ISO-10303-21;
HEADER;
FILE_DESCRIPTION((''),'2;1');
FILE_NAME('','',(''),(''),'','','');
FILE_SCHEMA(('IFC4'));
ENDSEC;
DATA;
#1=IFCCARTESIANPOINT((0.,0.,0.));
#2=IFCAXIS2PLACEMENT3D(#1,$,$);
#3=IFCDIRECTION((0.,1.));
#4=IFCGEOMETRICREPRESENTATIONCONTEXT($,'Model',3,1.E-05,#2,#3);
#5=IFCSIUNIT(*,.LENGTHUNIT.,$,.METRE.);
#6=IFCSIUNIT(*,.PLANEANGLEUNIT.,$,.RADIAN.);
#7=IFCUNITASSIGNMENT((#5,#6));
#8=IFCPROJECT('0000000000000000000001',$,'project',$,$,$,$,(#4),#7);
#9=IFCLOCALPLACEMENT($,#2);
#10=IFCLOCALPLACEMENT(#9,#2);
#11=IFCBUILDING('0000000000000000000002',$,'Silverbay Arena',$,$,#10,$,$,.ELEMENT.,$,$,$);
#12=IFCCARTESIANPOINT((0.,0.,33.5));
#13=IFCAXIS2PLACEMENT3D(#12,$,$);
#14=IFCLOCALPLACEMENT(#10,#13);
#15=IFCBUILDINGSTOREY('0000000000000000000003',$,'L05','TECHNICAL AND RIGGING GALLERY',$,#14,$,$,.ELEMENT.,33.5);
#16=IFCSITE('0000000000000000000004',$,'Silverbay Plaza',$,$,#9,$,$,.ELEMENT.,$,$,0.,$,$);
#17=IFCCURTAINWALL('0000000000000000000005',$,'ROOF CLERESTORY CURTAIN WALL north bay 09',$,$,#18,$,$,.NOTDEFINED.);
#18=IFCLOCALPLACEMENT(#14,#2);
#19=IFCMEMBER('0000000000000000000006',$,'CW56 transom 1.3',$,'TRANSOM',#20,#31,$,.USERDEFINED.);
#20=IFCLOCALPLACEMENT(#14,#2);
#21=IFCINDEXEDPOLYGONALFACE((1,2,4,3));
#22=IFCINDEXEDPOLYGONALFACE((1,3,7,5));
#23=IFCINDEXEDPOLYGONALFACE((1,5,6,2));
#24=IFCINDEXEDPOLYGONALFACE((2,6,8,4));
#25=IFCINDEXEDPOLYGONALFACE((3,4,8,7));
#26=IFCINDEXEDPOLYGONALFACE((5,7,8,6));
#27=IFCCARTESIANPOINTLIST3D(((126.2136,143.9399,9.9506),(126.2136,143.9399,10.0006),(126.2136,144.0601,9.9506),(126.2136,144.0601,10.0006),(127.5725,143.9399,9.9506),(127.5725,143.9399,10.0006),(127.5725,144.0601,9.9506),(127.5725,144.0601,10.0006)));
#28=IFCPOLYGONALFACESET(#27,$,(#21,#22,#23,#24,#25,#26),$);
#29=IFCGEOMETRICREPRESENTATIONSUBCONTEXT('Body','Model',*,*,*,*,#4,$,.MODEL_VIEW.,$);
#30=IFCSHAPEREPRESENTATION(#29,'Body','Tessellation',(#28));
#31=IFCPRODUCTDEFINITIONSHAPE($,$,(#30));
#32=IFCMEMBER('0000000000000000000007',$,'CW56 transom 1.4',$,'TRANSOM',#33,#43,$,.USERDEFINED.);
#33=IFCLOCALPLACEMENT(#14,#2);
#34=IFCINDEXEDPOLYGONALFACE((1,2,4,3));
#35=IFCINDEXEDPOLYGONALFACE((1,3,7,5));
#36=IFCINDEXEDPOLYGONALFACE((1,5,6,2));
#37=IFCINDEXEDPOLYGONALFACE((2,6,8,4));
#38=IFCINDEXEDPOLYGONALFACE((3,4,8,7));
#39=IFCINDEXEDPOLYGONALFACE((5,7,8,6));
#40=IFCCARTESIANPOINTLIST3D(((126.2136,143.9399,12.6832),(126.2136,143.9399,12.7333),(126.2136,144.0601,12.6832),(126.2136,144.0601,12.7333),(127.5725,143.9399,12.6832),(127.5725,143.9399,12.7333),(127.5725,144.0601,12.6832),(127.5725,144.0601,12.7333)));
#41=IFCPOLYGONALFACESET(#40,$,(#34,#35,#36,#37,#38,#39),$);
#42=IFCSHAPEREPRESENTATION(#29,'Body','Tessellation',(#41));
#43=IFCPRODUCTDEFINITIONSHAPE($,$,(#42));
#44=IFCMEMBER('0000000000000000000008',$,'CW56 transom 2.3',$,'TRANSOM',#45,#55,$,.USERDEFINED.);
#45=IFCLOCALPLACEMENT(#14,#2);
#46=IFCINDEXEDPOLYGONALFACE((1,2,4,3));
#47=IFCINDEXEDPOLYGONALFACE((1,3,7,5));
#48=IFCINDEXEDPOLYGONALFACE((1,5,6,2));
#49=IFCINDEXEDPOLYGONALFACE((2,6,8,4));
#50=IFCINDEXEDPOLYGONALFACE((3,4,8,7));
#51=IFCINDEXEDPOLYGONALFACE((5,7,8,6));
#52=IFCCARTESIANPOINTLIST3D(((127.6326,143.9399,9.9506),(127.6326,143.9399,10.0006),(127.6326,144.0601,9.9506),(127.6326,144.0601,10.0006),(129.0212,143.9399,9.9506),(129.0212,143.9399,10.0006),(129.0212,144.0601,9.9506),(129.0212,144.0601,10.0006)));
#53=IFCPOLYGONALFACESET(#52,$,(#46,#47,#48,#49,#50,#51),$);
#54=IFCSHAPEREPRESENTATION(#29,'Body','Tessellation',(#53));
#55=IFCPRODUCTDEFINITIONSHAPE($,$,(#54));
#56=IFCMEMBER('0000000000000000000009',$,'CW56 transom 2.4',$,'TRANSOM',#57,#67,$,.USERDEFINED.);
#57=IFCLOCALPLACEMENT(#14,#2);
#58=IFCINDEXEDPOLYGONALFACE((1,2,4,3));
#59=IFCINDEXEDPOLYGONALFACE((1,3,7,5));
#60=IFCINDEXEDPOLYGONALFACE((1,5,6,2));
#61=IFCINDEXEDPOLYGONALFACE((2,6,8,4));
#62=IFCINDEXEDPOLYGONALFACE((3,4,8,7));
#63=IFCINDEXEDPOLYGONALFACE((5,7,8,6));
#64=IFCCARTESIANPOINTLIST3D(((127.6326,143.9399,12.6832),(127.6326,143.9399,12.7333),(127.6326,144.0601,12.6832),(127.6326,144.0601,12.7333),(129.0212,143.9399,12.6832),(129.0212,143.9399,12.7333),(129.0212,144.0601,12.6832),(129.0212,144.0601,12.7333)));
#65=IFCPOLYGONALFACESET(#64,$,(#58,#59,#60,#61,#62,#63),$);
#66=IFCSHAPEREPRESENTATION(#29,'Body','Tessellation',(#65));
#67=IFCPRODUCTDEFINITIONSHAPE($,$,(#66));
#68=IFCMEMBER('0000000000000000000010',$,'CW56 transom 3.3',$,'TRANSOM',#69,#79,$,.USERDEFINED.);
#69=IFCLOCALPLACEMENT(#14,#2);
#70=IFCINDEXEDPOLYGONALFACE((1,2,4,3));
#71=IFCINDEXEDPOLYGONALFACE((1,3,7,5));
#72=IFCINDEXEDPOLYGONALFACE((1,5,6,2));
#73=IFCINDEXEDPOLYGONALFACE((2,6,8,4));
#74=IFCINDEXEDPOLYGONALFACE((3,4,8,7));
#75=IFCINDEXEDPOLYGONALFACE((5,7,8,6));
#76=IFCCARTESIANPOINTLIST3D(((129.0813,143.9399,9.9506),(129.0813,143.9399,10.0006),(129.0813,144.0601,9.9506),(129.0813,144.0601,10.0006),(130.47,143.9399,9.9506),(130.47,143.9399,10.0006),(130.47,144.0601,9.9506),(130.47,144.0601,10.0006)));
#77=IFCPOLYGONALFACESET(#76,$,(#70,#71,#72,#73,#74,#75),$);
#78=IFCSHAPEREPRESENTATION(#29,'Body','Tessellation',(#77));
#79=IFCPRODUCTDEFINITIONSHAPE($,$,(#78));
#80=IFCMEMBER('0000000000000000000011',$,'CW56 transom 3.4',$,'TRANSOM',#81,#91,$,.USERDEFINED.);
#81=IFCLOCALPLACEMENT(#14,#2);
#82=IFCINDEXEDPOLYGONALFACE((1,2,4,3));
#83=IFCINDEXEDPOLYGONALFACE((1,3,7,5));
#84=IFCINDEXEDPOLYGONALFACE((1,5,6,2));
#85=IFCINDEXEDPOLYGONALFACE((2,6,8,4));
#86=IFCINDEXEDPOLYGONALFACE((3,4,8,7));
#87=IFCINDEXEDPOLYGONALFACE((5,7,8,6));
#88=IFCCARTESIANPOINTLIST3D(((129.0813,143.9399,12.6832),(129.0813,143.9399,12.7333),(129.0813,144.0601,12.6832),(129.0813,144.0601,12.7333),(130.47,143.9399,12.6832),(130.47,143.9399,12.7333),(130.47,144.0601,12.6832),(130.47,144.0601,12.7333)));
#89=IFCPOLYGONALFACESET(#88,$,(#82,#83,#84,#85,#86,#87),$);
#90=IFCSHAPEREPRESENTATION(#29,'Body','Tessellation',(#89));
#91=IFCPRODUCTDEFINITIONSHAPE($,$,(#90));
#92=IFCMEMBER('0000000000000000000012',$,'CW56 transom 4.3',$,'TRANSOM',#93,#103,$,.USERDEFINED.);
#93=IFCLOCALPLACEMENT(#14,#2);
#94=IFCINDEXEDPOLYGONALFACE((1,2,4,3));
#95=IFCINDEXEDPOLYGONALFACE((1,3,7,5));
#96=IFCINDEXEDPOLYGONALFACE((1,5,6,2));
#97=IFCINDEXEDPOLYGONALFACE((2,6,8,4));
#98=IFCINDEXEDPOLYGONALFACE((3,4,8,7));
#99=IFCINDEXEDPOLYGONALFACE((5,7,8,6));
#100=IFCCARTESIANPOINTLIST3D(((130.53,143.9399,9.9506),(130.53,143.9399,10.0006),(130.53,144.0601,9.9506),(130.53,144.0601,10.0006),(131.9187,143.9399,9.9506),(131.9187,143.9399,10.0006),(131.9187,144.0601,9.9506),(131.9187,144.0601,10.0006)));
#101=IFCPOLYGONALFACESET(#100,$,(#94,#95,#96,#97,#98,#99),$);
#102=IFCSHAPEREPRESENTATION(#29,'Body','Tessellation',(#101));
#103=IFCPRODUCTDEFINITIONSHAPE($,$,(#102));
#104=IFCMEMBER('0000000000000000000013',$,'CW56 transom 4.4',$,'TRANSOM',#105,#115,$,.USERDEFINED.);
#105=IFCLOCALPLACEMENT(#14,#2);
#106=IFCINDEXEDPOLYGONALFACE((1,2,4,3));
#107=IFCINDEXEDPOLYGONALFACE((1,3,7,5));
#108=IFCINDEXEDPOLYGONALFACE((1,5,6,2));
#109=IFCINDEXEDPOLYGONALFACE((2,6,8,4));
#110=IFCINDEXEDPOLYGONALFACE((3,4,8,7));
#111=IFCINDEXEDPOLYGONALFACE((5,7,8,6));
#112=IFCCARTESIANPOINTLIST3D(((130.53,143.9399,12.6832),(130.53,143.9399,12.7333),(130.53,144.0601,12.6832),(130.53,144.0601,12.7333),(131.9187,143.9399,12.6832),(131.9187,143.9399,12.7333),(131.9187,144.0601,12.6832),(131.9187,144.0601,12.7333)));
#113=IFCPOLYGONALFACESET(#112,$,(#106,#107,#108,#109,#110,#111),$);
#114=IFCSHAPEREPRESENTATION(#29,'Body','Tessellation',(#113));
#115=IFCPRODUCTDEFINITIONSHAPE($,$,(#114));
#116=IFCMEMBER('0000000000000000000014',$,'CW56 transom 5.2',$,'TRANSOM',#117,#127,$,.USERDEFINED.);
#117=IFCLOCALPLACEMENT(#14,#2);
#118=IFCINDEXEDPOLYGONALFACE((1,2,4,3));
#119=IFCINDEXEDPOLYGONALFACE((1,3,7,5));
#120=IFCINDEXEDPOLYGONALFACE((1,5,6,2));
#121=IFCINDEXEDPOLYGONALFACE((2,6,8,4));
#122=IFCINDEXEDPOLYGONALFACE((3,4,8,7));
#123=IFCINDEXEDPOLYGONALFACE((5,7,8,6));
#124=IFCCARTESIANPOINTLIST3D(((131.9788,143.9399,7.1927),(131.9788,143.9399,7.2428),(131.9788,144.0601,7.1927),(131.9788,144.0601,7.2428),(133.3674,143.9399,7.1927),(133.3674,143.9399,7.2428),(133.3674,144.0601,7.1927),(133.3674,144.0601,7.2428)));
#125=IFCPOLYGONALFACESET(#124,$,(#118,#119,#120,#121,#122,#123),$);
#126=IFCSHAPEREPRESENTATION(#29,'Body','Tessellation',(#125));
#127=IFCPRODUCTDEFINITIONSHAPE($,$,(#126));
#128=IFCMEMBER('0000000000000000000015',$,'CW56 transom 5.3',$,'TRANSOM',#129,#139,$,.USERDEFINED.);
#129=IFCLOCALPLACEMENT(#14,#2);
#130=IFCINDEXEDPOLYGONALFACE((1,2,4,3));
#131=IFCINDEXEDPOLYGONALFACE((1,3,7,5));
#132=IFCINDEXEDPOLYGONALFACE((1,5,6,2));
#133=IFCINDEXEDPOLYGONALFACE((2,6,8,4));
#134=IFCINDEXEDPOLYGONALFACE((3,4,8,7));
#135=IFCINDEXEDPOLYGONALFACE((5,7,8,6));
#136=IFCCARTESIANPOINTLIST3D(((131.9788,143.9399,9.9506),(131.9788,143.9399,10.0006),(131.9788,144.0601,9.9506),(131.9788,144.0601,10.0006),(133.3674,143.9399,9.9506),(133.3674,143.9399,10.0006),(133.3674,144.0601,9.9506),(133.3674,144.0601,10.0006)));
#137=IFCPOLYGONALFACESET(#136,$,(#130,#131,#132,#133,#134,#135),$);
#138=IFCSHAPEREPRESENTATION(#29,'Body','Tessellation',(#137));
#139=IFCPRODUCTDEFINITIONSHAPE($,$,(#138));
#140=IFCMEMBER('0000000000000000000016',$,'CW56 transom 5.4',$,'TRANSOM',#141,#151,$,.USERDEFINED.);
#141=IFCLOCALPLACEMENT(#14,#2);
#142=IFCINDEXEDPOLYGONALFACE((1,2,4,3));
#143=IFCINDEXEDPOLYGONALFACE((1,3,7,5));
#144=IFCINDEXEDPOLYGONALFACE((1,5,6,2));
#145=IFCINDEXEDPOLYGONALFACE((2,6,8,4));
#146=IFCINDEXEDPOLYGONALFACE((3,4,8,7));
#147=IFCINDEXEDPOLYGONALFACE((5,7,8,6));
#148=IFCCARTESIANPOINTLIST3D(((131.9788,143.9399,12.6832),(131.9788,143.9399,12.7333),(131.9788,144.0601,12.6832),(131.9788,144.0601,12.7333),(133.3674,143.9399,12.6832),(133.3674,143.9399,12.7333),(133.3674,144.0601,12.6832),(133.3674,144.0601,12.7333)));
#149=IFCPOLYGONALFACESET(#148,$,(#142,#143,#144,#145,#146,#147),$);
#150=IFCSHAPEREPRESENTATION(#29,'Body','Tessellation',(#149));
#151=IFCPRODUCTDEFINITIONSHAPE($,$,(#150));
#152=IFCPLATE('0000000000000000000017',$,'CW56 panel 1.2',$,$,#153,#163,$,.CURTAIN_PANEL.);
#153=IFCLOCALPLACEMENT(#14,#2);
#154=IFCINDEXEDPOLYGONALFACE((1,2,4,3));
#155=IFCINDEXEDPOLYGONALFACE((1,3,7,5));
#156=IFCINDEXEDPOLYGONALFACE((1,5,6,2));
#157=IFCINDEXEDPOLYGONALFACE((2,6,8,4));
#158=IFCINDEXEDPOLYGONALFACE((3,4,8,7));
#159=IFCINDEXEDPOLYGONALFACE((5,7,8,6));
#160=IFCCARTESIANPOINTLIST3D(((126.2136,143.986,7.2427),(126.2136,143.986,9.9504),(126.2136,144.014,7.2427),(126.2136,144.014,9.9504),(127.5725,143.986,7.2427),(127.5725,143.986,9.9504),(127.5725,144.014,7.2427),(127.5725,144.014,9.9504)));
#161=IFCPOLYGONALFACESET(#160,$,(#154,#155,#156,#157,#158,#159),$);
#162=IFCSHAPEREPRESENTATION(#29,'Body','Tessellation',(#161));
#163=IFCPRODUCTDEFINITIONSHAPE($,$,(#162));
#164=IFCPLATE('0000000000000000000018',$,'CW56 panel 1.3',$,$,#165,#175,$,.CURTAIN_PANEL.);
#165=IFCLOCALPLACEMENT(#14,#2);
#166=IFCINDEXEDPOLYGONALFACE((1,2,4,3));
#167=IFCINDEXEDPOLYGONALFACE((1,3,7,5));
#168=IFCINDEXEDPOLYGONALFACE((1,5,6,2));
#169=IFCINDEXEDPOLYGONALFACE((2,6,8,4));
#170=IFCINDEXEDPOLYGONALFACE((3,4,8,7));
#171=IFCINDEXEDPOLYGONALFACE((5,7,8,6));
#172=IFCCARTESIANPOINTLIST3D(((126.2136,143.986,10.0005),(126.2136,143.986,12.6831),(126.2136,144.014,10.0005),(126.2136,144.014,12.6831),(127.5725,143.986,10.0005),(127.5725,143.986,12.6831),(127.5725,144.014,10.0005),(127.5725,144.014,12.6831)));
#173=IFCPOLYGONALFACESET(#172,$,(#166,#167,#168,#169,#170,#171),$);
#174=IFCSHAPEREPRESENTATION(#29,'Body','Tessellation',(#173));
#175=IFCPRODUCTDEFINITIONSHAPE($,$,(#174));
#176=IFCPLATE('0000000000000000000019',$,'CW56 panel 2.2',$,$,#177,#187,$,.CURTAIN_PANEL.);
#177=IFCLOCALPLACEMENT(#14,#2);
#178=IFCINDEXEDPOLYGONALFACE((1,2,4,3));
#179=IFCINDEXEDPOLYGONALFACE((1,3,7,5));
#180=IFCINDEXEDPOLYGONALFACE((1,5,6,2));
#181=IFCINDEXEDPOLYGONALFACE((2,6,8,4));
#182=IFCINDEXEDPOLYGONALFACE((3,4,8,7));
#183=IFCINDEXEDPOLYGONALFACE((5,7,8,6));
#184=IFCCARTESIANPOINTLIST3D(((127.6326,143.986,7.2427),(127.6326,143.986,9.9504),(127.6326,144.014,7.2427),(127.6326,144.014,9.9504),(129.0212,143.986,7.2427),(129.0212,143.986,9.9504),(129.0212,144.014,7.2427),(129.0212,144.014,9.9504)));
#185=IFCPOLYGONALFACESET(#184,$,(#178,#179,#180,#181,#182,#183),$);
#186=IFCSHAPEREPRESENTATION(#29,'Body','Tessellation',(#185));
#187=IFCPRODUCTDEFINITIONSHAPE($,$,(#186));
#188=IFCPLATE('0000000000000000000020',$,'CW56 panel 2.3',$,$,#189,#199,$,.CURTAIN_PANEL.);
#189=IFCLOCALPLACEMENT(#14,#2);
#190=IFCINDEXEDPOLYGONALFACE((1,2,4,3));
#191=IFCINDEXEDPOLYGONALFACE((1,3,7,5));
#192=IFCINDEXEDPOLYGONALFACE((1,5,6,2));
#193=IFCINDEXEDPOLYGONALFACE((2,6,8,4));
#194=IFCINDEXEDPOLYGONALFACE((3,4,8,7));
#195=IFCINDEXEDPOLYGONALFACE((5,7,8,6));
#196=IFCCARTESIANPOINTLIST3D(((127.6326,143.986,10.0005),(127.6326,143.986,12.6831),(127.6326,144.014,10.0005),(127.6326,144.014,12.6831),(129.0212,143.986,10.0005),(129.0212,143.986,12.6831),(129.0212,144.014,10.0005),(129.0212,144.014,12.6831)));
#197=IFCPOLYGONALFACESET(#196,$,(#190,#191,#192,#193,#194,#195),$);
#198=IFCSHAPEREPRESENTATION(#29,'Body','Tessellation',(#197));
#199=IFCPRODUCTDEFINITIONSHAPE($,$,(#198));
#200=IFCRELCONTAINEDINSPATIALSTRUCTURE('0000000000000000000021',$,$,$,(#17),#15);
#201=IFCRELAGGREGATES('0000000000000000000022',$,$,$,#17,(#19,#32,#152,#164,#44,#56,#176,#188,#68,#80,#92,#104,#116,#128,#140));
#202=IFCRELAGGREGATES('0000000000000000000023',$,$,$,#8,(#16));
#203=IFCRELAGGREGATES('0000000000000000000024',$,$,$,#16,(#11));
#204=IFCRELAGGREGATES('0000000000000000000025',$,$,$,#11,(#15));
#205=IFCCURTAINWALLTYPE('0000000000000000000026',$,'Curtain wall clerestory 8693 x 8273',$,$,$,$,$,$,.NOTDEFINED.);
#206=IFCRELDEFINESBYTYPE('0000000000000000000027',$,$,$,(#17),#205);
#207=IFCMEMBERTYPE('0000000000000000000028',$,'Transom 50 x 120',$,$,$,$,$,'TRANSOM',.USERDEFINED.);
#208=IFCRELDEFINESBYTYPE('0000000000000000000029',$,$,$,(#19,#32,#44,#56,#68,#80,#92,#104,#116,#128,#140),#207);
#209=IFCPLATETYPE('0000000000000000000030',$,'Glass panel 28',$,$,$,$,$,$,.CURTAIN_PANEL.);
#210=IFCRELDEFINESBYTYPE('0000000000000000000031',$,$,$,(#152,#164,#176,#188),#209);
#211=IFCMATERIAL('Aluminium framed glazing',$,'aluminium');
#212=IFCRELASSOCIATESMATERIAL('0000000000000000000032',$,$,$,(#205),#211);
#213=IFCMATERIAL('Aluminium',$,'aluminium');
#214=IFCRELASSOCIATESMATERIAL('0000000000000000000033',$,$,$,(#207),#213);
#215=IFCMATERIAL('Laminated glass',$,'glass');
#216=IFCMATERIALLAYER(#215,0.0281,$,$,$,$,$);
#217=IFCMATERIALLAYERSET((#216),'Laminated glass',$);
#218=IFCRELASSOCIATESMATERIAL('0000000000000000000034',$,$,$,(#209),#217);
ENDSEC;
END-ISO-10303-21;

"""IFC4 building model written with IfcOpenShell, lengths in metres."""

from ifc_helpers import new_model, si_unit, direction, frame, origin, origin_2d, place, context, subcontext, project, spatial, rectangle, extrude, material, layer, layer_set, material_profile, profile_set, type_object, element, aggregate, save


model = new_model("IFC4")

# Units and contexts
model_context = context("Model", 3, precision=1e-05, world=origin(), true_north=direction((0.0, 1.0)))
body_context = subcontext(model_context, "Body", "Model", "MODEL_VIEW")
ifc_project = project(units=[si_unit("LENGTHUNIT", "METRE"), si_unit("PLANEANGLEUNIT", "RADIAN")], contexts=[model_context])

# Site, building, storey
site_placement = place(None, origin())
site = spatial("IfcSite", under=ifc_project, at=site_placement, Name="Silverbay Plaza", CompositionType="ELEMENT", RefElevation=0.0)
building_placement = place(site_placement, origin())
building = spatial("IfcBuilding", under=site, at=building_placement, Name="Silverbay Arena", CompositionType="ELEMENT")
storey_placement = place(building_placement, frame((0.0, 0.0, 33.5)))
storey = spatial("IfcBuildingStorey", under=building, at=storey_placement, Name="L05", Description="TECHNICAL AND RIGGING GALLERY", CompositionType="ELEMENT", Elevation=33.5)

# Curtain wall, members, plates
ifc_material_1 = material(Name="Aluminium framed glazing", Category="aluminium")
curtain_wall_type = type_object("IfcCurtainWallType", Name="Curtain wall clerestory 8693 x 8273", PredefinedType="NOTDEFINED", material=ifc_material_1)
curtain_wall_placement = place(storey_placement, origin())
curtain_wall = element("IfcCurtainWall", 1, at=curtain_wall_placement, inside=storey, type_object=curtain_wall_type, Name="ROOF CLERESTORY CURTAIN WALL north bay 09", PredefinedType="NOTDEFINED")
ifc_material_2 = material(Name="Aluminium", Category="aluminium")
ifc_material_profile_1 = material_profile(ifc_material_2, rectangle(XDim=0.1201, YDim=0.05, at=origin_2d()), Name="Transom 50 x 120")
ifc_profile_set_1 = profile_set([ifc_material_profile_1], Name="Aluminium")
member_type_1 = type_object("IfcMemberType", Name="Transom 50 x 120", ElementType="TRANSOM", PredefinedType="USERDEFINED", material=ifc_profile_set_1)
member_1_placement = place(storey_placement, frame((126.2136, 144.0, 9.9756), z_axis=(1.0, 0.0, 0.0), x_axis=(0.0, 1.0, 0.0)))
member_1 = element("IfcMember", 2, at=member_1_placement, type_object=member_type_1, Name="CW56 transom 1.3", ObjectType="TRANSOM", PredefinedType="USERDEFINED", context=body_context, shape_type="SweptSolid", body=[
    extrude(rectangle(XDim=0.1201, YDim=0.05, at=origin_2d()), origin(), (0.0, 0.0, 1.0), 1.3589),
])
member_2_placement = place(storey_placement, frame((126.2136, 144.0, 12.7083), z_axis=(1.0, 0.0, 0.0), x_axis=(0.0, 1.0, 0.0)))
member_2 = element("IfcMember", 3, at=member_2_placement, type_object=member_type_1, Name="CW56 transom 1.4", ObjectType="TRANSOM", PredefinedType="USERDEFINED", context=body_context, shape_type="SweptSolid", body=[
    extrude(rectangle(XDim=0.1201, YDim=0.05, at=origin_2d()), origin(), (0.0, 0.0, 1.0), 1.3589),
])
member_3_placement = place(storey_placement, frame((127.6326, 144.0, 9.9756), z_axis=(1.0, 0.0, 0.0), x_axis=(0.0, 1.0, 0.0)))
member_3 = element("IfcMember", 4, at=member_3_placement, type_object=member_type_1, Name="CW56 transom 2.3", ObjectType="TRANSOM", PredefinedType="USERDEFINED", context=body_context, shape_type="SweptSolid", body=[
    extrude(rectangle(XDim=0.1201, YDim=0.05, at=origin_2d()), origin(), (0.0, 0.0, 1.0), 1.3887),
])
member_4_placement = place(storey_placement, frame((127.6326, 144.0, 12.7083), z_axis=(1.0, 0.0, 0.0), x_axis=(0.0, 1.0, 0.0)))
member_4 = element("IfcMember", 5, at=member_4_placement, type_object=member_type_1, Name="CW56 transom 2.4", ObjectType="TRANSOM", PredefinedType="USERDEFINED", context=body_context, shape_type="SweptSolid", body=[
    extrude(rectangle(XDim=0.1201, YDim=0.05, at=origin_2d()), origin(), (0.0, 0.0, 1.0), 1.3887),
])
member_5_placement = place(storey_placement, frame((129.0813, 144.0, 9.9756), z_axis=(1.0, 0.0, 0.0), x_axis=(0.0, 1.0, 0.0)))
member_5 = element("IfcMember", 6, at=member_5_placement, type_object=member_type_1, Name="CW56 transom 3.3", ObjectType="TRANSOM", PredefinedType="USERDEFINED", context=body_context, shape_type="SweptSolid", body=[
    extrude(rectangle(XDim=0.1201, YDim=0.05, at=origin_2d()), origin(), (0.0, 0.0, 1.0), 1.3887),
])
member_6_placement = place(storey_placement, frame((129.0813, 144.0, 12.7083), z_axis=(1.0, 0.0, 0.0), x_axis=(0.0, 1.0, 0.0)))
member_6 = element("IfcMember", 7, at=member_6_placement, type_object=member_type_1, Name="CW56 transom 3.4", ObjectType="TRANSOM", PredefinedType="USERDEFINED", context=body_context, shape_type="SweptSolid", body=[
    extrude(rectangle(XDim=0.1201, YDim=0.05, at=origin_2d()), origin(), (0.0, 0.0, 1.0), 1.3887),
])
member_7_placement = place(storey_placement, frame((130.53, 144.0, 9.9756), z_axis=(1.0, 0.0, 0.0), x_axis=(0.0, 1.0, 0.0)))
member_7 = element("IfcMember", 8, at=member_7_placement, type_object=member_type_1, Name="CW56 transom 4.3", ObjectType="TRANSOM", PredefinedType="USERDEFINED", context=body_context, shape_type="SweptSolid", body=[
    extrude(rectangle(XDim=0.1201, YDim=0.05, at=origin_2d()), origin(), (0.0, 0.0, 1.0), 1.3887),
])
member_8_placement = place(storey_placement, frame((130.53, 144.0, 12.7083), z_axis=(1.0, 0.0, 0.0), x_axis=(0.0, 1.0, 0.0)))
member_8 = element("IfcMember", 9, at=member_8_placement, type_object=member_type_1, Name="CW56 transom 4.4", ObjectType="TRANSOM", PredefinedType="USERDEFINED", context=body_context, shape_type="SweptSolid", body=[
    extrude(rectangle(XDim=0.1201, YDim=0.05, at=origin_2d()), origin(), (0.0, 0.0, 1.0), 1.3887),
])
member_9_placement = place(storey_placement, frame((131.9788, 144.0, 7.2178), z_axis=(1.0, 0.0, 0.0), x_axis=(0.0, 1.0, 0.0)))
member_9 = element("IfcMember", 10, at=member_9_placement, type_object=member_type_1, Name="CW56 transom 5.2", ObjectType="TRANSOM", PredefinedType="USERDEFINED", context=body_context, shape_type="SweptSolid", body=[
    extrude(rectangle(XDim=0.1201, YDim=0.05, at=origin_2d()), origin(), (0.0, 0.0, 1.0), 1.3887),
])
member_10_placement = place(storey_placement, frame((131.9788, 144.0, 9.9756), z_axis=(1.0, 0.0, 0.0), x_axis=(0.0, 1.0, 0.0)))
member_10 = element("IfcMember", 11, at=member_10_placement, type_object=member_type_1, Name="CW56 transom 5.3", ObjectType="TRANSOM", PredefinedType="USERDEFINED", context=body_context, shape_type="SweptSolid", body=[
    extrude(rectangle(XDim=0.1201, YDim=0.05, at=origin_2d()), origin(), (0.0, 0.0, 1.0), 1.3887),
])
member_11_placement = place(storey_placement, frame((131.9788, 144.0, 12.7083), z_axis=(1.0, 0.0, 0.0), x_axis=(0.0, 1.0, 0.0)))
member_11 = element("IfcMember", 12, at=member_11_placement, type_object=member_type_1, Name="CW56 transom 5.4", ObjectType="TRANSOM", PredefinedType="USERDEFINED", context=body_context, shape_type="SweptSolid", body=[
    extrude(rectangle(XDim=0.1201, YDim=0.05, at=origin_2d()), origin(), (0.0, 0.0, 1.0), 1.3887),
])
ifc_material_3 = material(Name="Laminated glass", Category="glass")
ifc_layer = layer(ifc_material_3, 0.0281)
ifc_layer_set = layer_set([ifc_layer], Name="Laminated glass")
plate_type = type_object("IfcPlateType", Name="Glass panel 28", PredefinedType="CURTAIN_PANEL", material=ifc_layer_set)
plate_1_placement = place(storey_placement, frame((126.8931, 144.0, 7.2427), z_axis=(0.0, 0.0, 1.0), x_axis=(1.0, 0.0, 0.0)))
plate_1 = element("IfcPlate", 13, at=plate_1_placement, type_object=plate_type, Name="CW56 panel 1.2", PredefinedType="CURTAIN_PANEL", context=body_context, shape_type="SweptSolid", body=[
    extrude(rectangle(XDim=1.3589, YDim=0.0281, at=origin_2d()), origin(), (0.0, 0.0, 1.0), 2.7078),
])
plate_2_placement = place(storey_placement, frame((126.8931, 144.0, 10.0005), z_axis=(0.0, 0.0, 1.0), x_axis=(1.0, 0.0, 0.0)))
plate_2 = element("IfcPlate", 14, at=plate_2_placement, type_object=plate_type, Name="CW56 panel 1.3", PredefinedType="CURTAIN_PANEL", context=body_context, shape_type="SweptSolid", body=[
    extrude(rectangle(XDim=1.3589, YDim=0.0281, at=origin_2d()), origin(), (0.0, 0.0, 1.0), 2.6826),
])
plate_3_placement = place(storey_placement, frame((128.3269, 144.0, 7.2427), z_axis=(0.0, 0.0, 1.0), x_axis=(1.0, 0.0, 0.0)))
plate_3 = element("IfcPlate", 15, at=plate_3_placement, type_object=plate_type, Name="CW56 panel 2.2", PredefinedType="CURTAIN_PANEL", context=body_context, shape_type="SweptSolid", body=[
    extrude(rectangle(XDim=1.3887, YDim=0.0281, at=origin_2d()), origin(), (0.0, 0.0, 1.0), 2.7078),
])
plate_4_placement = place(storey_placement, frame((128.3269, 144.0, 10.0005), z_axis=(0.0, 0.0, 1.0), x_axis=(1.0, 0.0, 0.0)))
plate_4 = element("IfcPlate", 16, at=plate_4_placement, type_object=plate_type, Name="CW56 panel 2.3", PredefinedType="CURTAIN_PANEL", context=body_context, shape_type="SweptSolid", body=[
    extrude(rectangle(XDim=1.3887, YDim=0.0281, at=origin_2d()), origin(), (0.0, 0.0, 1.0), 2.6826),
])
aggregate(curtain_wall, [member_1, member_2, plate_1, plate_2, member_3, member_4, plate_3, plate_4, member_5, member_6, member_7, member_8, member_9, member_10, member_11])

save(model, "model.ifc")
